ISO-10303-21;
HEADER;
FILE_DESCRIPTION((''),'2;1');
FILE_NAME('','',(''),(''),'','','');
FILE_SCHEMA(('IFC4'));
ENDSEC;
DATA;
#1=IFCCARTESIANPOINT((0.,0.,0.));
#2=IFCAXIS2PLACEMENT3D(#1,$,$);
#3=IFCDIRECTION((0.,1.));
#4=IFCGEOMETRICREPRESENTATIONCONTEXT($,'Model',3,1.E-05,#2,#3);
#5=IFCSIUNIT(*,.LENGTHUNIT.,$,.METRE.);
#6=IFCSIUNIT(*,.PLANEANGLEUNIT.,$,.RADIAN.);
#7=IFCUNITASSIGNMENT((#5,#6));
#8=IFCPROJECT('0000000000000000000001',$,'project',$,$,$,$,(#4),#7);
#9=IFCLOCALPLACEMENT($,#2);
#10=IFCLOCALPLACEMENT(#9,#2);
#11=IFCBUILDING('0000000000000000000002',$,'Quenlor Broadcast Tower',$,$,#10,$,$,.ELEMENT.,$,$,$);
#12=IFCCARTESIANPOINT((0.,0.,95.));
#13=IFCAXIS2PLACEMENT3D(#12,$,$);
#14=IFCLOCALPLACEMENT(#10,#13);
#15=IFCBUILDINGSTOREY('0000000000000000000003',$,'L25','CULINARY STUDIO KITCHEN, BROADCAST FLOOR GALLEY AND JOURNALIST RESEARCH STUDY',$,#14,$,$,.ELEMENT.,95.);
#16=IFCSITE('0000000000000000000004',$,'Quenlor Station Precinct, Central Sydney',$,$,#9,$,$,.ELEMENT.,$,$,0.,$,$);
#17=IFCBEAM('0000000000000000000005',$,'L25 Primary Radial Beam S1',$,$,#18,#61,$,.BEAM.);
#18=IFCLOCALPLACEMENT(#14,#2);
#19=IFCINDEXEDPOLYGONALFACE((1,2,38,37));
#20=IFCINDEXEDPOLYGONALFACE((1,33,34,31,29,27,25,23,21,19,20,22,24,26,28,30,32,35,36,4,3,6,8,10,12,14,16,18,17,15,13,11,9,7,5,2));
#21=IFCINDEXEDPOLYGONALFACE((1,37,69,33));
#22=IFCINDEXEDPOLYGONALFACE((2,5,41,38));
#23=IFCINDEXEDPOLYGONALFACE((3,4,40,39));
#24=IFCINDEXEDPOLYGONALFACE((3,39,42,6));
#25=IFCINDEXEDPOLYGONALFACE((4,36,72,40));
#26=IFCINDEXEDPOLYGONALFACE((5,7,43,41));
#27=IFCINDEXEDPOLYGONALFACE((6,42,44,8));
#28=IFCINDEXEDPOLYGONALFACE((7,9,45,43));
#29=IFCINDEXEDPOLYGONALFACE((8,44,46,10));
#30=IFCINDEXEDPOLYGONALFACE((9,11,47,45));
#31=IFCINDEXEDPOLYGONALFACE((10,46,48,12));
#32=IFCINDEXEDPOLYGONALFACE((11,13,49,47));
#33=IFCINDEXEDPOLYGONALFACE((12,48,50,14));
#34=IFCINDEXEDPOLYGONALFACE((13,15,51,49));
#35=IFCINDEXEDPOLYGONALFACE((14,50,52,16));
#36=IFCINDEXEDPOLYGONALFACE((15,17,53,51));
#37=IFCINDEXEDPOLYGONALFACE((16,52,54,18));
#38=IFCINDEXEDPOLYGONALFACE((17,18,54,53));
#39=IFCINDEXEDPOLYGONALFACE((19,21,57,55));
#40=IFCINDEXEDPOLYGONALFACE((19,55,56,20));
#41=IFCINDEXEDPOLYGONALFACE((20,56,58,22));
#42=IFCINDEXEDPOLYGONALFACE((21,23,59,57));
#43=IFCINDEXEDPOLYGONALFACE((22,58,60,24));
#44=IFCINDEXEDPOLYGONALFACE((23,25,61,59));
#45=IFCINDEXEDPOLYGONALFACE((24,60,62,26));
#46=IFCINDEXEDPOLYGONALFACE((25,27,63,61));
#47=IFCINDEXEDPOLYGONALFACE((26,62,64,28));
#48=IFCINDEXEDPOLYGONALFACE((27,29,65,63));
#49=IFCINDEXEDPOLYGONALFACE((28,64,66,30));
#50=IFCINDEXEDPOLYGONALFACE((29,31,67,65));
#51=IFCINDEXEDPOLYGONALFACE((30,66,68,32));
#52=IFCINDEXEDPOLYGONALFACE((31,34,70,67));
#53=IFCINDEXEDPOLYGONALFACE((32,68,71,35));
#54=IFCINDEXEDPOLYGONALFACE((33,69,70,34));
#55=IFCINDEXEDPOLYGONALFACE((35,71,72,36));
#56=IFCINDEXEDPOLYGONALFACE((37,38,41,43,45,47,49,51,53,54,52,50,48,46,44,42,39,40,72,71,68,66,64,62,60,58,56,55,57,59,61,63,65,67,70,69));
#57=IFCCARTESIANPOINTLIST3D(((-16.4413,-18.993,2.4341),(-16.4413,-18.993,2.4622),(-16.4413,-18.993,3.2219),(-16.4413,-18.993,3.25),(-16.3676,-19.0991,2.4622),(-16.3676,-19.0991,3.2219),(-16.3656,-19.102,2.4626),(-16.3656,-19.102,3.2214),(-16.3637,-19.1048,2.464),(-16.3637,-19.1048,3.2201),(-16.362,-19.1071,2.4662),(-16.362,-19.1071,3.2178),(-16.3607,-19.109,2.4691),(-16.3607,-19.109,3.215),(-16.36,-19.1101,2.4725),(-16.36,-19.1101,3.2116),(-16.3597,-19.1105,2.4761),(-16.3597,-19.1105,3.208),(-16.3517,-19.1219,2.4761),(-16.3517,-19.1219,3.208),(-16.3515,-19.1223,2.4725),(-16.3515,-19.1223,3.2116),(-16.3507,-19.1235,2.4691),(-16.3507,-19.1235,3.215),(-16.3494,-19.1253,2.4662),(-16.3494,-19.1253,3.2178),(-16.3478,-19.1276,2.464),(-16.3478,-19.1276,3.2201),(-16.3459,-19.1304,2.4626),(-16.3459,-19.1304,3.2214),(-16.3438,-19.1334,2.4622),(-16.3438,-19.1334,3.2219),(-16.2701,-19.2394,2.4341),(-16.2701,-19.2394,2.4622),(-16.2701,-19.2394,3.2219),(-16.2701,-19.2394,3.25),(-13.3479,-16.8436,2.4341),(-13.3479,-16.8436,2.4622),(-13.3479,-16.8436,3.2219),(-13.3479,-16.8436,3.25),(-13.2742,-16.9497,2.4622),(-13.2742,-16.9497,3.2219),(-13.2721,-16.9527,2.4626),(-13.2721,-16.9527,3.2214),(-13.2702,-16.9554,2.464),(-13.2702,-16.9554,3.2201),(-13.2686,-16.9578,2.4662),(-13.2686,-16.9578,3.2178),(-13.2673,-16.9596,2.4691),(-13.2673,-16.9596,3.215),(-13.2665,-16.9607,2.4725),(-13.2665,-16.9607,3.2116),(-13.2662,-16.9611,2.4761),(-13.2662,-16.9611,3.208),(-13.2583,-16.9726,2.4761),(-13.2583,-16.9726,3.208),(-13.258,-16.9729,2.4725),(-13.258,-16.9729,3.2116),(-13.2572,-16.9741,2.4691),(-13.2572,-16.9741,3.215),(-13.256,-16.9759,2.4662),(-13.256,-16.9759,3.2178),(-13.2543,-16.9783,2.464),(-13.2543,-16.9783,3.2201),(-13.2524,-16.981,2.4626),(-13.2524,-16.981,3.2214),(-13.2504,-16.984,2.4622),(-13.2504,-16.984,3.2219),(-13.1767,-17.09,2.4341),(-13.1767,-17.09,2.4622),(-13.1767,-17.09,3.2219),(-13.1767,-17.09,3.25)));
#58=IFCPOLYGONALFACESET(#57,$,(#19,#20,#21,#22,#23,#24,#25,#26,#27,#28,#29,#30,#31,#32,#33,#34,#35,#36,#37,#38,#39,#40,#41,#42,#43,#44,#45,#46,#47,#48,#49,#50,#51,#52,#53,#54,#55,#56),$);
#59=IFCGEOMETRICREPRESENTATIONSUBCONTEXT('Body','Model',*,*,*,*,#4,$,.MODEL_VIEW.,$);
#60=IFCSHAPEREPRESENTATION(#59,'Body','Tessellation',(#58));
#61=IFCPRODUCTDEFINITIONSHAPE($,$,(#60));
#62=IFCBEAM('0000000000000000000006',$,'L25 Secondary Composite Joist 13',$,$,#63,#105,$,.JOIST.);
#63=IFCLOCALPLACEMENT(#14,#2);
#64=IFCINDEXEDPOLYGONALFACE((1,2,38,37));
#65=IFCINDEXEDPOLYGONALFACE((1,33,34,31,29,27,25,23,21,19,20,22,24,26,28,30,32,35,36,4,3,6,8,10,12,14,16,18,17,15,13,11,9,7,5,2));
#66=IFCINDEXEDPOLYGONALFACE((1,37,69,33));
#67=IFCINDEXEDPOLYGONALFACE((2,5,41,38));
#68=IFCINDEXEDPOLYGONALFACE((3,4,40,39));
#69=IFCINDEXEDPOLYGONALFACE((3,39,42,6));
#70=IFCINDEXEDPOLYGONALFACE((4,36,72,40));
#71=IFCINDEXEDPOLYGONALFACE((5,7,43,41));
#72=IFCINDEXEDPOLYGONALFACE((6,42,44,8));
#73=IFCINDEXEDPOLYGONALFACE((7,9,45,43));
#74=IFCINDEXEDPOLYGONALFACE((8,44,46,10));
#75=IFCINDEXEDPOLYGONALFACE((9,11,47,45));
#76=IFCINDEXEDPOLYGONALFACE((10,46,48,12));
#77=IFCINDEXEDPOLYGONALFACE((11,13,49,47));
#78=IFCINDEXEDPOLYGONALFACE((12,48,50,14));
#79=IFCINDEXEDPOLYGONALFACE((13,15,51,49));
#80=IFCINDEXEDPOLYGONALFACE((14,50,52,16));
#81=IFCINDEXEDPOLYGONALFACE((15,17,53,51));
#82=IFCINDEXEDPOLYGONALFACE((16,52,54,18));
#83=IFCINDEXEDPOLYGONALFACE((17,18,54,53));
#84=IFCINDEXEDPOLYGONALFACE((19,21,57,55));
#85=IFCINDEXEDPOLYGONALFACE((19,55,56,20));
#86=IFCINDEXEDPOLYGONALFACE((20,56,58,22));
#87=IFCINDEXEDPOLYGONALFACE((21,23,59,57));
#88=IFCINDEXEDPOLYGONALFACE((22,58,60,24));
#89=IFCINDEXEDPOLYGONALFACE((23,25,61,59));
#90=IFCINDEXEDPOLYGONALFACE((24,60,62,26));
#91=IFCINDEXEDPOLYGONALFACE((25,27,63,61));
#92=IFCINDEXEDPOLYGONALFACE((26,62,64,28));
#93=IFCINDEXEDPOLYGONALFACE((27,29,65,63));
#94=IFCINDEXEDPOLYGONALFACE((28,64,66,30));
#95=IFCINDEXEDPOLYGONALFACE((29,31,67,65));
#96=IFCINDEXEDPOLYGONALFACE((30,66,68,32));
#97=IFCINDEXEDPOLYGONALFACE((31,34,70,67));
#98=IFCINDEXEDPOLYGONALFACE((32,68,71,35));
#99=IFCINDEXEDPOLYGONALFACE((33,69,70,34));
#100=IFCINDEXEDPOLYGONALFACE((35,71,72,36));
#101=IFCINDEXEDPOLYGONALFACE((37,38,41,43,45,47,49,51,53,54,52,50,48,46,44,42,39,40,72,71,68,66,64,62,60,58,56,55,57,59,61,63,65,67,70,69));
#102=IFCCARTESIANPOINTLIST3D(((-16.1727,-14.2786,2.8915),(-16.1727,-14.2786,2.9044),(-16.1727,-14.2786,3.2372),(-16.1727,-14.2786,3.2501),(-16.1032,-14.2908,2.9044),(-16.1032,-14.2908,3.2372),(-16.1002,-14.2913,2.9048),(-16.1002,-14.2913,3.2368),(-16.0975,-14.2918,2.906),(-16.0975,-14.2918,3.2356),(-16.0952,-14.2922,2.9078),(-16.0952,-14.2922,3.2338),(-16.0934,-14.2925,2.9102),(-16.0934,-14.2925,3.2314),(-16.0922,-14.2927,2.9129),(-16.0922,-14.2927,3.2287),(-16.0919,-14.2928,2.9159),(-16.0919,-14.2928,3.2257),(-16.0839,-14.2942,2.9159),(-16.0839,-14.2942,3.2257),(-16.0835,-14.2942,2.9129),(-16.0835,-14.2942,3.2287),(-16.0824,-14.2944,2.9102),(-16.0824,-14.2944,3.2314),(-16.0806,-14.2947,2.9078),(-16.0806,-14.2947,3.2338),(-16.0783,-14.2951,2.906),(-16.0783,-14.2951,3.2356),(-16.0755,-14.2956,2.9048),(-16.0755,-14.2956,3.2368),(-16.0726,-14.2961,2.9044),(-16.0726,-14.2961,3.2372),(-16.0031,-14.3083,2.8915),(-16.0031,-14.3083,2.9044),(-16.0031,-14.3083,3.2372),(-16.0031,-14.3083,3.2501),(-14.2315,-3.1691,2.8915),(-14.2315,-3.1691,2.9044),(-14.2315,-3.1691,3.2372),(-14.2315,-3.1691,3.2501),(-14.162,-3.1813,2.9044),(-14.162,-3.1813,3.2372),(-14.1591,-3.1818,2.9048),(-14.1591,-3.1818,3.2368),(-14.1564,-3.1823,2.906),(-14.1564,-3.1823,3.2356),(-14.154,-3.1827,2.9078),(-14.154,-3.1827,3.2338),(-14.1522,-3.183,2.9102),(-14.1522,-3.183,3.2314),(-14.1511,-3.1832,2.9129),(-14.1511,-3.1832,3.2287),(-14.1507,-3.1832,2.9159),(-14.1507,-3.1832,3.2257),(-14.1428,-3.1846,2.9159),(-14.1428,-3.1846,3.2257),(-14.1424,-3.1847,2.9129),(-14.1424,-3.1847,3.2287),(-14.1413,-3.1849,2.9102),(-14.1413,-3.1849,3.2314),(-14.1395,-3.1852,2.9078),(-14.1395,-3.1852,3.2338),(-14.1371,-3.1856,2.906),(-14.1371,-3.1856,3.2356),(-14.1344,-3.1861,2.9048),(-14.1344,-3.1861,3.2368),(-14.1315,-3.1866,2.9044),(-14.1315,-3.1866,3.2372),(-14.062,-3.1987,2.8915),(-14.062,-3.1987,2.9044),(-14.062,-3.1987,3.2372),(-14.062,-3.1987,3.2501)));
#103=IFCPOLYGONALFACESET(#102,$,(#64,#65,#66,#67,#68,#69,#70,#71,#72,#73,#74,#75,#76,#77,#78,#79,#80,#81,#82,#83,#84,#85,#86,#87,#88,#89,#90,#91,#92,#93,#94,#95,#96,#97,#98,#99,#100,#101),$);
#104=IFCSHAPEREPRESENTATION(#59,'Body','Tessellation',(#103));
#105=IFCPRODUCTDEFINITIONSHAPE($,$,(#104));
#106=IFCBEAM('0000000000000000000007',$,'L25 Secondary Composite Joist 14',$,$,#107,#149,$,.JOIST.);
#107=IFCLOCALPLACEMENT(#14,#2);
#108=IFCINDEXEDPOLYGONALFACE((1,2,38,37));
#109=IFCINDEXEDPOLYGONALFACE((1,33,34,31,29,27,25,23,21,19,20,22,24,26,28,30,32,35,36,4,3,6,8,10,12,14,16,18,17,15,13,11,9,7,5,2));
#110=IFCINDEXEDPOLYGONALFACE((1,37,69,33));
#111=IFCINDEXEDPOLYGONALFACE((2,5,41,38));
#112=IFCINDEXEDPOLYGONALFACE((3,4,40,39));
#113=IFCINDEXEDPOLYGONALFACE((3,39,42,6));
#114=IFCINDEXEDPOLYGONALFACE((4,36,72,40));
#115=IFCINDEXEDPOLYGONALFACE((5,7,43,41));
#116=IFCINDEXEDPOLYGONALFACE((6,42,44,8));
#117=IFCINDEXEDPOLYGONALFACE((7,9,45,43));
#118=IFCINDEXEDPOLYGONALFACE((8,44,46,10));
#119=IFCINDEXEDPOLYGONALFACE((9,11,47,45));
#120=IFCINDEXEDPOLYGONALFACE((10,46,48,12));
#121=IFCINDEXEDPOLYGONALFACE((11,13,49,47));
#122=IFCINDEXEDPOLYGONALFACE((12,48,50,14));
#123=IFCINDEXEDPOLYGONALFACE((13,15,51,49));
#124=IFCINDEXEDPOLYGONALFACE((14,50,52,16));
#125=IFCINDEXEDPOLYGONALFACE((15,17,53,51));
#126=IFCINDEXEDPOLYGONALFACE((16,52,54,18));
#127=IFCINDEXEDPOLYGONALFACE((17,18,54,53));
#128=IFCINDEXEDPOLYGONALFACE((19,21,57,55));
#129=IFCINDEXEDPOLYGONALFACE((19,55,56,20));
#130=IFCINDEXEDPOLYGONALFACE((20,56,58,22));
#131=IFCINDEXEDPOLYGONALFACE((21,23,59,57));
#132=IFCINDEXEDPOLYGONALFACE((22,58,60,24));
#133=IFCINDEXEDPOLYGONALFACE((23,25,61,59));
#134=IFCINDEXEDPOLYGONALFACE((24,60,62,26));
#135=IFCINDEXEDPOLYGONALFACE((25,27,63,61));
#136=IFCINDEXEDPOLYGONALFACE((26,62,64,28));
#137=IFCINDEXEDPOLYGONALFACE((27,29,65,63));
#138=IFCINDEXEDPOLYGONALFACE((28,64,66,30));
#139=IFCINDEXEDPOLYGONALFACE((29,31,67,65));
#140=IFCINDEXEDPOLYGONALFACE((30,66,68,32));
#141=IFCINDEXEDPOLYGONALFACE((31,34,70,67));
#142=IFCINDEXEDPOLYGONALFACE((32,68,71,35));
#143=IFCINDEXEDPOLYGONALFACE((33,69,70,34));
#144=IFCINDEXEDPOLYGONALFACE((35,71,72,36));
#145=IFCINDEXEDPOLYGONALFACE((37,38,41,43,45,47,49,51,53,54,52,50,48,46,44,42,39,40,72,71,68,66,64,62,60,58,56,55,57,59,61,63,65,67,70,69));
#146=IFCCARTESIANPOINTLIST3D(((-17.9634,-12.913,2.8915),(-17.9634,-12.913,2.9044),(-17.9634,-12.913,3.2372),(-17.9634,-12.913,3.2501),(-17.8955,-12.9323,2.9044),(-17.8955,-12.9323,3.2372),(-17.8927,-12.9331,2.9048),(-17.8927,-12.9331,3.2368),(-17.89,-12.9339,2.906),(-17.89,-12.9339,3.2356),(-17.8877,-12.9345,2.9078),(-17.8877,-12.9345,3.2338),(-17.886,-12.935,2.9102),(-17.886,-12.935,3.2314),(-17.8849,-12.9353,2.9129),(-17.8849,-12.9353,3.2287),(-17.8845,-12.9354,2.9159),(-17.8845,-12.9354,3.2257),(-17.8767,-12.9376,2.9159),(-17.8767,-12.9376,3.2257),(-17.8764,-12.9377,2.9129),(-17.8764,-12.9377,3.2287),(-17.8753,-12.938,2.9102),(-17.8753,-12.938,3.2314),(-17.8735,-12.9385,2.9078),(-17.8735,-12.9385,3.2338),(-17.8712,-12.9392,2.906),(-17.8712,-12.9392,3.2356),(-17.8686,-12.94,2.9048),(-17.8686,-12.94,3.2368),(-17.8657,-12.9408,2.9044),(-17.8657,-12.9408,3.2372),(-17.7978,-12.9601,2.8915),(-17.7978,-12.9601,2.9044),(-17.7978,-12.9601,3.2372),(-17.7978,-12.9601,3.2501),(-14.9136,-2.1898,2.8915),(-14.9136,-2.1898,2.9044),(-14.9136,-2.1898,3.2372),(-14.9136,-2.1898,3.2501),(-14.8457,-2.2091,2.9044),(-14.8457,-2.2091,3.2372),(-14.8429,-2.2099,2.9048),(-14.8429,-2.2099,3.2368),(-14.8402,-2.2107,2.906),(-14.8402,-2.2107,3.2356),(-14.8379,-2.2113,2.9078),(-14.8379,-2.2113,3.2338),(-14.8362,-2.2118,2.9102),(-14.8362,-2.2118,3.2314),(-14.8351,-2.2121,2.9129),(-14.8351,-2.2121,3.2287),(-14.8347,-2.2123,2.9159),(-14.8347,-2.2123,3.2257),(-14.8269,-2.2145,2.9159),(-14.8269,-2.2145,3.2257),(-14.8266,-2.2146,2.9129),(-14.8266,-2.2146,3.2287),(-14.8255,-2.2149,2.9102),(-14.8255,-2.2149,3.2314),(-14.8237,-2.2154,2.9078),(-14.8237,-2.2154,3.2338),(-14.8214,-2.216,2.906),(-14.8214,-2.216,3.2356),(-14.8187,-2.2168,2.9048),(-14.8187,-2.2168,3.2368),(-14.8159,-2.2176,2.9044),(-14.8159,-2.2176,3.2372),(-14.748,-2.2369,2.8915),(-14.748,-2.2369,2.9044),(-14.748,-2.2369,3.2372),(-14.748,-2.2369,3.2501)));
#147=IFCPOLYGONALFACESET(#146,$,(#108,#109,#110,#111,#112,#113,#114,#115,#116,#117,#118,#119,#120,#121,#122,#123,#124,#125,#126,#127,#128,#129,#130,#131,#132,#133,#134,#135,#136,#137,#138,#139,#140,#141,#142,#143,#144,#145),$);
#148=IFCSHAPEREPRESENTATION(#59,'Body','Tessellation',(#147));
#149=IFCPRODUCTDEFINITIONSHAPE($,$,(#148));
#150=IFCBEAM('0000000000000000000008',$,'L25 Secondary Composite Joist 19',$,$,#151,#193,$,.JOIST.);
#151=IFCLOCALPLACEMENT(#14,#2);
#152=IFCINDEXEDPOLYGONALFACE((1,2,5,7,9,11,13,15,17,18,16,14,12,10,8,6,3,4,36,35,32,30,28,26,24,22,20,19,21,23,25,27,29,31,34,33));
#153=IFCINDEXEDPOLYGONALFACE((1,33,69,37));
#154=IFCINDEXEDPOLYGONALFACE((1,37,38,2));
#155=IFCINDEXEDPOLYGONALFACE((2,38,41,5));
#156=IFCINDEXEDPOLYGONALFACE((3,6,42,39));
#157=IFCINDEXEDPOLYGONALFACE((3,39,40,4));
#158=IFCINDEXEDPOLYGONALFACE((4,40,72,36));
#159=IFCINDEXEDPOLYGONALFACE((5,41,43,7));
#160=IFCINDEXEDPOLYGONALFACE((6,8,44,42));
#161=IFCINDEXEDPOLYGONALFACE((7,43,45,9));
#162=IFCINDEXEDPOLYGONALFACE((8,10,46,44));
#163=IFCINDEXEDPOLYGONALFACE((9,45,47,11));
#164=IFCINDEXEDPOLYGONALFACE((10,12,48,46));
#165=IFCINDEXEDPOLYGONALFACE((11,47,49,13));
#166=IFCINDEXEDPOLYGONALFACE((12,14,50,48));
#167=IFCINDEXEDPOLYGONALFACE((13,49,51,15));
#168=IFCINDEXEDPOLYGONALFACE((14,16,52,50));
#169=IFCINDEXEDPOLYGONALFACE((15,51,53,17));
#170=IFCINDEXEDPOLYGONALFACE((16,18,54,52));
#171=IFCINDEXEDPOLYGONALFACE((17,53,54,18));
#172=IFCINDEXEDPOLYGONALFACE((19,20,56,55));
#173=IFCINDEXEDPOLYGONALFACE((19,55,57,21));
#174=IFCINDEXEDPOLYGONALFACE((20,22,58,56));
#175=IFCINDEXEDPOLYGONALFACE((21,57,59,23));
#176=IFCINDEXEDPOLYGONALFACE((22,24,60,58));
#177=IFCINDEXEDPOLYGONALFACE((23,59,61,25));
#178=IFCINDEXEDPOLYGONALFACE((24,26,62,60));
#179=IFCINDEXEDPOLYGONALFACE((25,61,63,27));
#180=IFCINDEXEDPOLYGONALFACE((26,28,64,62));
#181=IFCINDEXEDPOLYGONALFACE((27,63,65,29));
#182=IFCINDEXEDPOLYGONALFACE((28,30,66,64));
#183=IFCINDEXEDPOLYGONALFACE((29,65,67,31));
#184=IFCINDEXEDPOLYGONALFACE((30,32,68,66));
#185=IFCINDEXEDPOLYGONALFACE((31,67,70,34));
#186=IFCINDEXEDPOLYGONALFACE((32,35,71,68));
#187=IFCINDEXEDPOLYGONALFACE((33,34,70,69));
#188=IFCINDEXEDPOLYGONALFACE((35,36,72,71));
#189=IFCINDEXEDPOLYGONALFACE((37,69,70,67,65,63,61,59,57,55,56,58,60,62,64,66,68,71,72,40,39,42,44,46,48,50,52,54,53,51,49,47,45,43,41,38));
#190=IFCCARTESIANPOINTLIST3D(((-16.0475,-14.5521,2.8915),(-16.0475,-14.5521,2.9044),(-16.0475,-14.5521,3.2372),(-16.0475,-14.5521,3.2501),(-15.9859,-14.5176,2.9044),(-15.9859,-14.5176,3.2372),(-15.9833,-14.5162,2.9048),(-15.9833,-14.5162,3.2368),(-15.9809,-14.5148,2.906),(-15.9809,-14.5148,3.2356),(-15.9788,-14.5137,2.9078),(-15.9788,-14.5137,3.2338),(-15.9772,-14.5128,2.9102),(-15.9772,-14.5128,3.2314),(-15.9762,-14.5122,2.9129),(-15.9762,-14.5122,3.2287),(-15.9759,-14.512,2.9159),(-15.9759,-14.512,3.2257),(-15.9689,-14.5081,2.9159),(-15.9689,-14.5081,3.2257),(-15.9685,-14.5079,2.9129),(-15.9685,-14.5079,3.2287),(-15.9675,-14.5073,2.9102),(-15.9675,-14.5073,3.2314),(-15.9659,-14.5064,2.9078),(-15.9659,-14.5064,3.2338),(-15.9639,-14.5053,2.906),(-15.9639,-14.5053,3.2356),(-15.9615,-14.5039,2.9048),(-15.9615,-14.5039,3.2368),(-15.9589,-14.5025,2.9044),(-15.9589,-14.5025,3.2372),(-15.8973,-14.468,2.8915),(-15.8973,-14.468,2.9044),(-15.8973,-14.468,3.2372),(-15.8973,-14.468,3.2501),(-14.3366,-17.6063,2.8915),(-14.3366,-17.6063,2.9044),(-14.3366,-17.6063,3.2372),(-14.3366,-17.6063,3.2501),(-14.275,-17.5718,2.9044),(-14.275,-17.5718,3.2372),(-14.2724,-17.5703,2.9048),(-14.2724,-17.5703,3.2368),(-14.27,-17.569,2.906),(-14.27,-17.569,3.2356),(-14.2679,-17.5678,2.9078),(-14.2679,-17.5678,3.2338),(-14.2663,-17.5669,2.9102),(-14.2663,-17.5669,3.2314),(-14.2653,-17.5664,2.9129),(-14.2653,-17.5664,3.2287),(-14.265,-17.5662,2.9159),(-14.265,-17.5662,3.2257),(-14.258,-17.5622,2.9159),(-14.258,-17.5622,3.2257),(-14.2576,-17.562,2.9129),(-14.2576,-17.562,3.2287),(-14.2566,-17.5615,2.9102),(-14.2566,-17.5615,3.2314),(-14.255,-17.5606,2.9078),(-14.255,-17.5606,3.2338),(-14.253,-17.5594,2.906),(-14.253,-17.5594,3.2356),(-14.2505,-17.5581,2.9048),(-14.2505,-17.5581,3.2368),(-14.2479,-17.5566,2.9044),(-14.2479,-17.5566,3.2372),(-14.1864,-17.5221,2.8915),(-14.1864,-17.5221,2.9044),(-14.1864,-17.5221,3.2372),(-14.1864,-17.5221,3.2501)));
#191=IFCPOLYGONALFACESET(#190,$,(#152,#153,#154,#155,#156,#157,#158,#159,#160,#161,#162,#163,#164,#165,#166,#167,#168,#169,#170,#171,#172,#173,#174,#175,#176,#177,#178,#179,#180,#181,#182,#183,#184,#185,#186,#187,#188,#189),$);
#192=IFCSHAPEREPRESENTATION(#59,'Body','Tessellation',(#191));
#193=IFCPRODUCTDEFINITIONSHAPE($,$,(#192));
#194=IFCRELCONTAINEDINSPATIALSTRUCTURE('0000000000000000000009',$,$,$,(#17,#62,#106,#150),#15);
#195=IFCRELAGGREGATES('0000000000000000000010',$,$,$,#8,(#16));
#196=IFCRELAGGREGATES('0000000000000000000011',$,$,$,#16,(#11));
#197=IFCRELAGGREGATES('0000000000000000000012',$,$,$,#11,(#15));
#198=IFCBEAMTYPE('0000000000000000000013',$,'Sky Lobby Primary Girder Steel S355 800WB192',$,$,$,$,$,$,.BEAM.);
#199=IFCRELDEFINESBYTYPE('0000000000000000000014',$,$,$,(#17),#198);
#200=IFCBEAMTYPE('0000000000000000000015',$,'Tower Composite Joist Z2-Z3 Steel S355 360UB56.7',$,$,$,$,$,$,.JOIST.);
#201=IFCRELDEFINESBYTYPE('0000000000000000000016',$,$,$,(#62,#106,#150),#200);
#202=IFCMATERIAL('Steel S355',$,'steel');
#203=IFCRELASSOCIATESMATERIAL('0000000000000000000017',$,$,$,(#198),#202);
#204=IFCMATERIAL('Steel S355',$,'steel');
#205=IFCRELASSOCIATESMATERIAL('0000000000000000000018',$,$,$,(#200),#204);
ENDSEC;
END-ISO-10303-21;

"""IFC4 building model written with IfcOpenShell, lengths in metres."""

from ifc_helpers import new_model, si_unit, direction, frame, origin, origin_2d, place, context, subcontext, project, spatial, i_section, extrude, material, material_profile, profile_set, type_object, element, save


model = new_model("IFC4")

# Units and contexts
model_context = context("Model", 3, precision=1e-05, world=origin(), true_north=direction((0.0, 1.0)))
body_context = subcontext(model_context, "Body", "Model", "MODEL_VIEW")
ifc_project = project(units=[si_unit("LENGTHUNIT", "METRE"), si_unit("PLANEANGLEUNIT", "RADIAN")], contexts=[model_context])

# Site, building, storey
site_placement = place(None, origin())
site = spatial("IfcSite", under=ifc_project, at=site_placement, Name="Quenlor Station Precinct, Central Sydney", CompositionType="ELEMENT", RefElevation=0.0)
building_placement = place(site_placement, origin())
building = spatial("IfcBuilding", under=site, at=building_placement, Name="Quenlor Broadcast Tower", CompositionType="ELEMENT")
storey_placement = place(building_placement, frame((0.0, 0.0, 95.0)))
storey = spatial("IfcBuildingStorey", under=building, at=storey_placement, Name="L25", Description="CULINARY STUDIO KITCHEN, BROADCAST FLOOR GALLEY AND JOURNALIST RESEARCH STUDY", CompositionType="ELEMENT", Elevation=95.0)

# Beams
ifc_material_1 = material(Name="Steel S355", Category="steel")
ifc_material_profile_1 = material_profile(ifc_material_1, i_section(OverallWidth=0.3, OverallDepth=0.8159, WebThickness=0.0139, FlangeThickness=0.0281, FilletRadius=0.0139, at=origin_2d()))
ifc_profile_set_1 = profile_set([ifc_material_profile_1], Name="Steel S355 800WB192")
beam_type_1 = type_object("IfcBeamType", Name="Sky Lobby Primary Girder Steel S355 800WB192", PredefinedType="BEAM", material=ifc_profile_set_1)
beam_1_placement = place(storey_placement, frame((-16.3557, -19.1162, 2.842), z_axis=(0.821227, 0.570601, 0.0), x_axis=(-0.570601, 0.821227, 0.0)))
element("IfcBeam", 1, at=beam_1_placement, inside=storey, type_object=beam_type_1, Name="L25 Primary Radial Beam S1", PredefinedType="BEAM", context=body_context, shape_type="SweptSolid", body=[
    extrude(i_section(OverallWidth=0.3, OverallDepth=0.8159, WebThickness=0.0139, FlangeThickness=0.0281, FilletRadius=0.0139, at=origin_2d()), origin(), (0.0, 0.0, 1.0), 3.7668),
])
ifc_material_2 = material(Name="Steel S355", Category="steel")
ifc_material_profile_2 = material_profile(ifc_material_2, i_section(OverallWidth=0.1721, OverallDepth=0.3586, WebThickness=0.0081, FlangeThickness=0.0129, FilletRadius=0.0115, at=origin_2d()))
ifc_profile_set_2 = profile_set([ifc_material_profile_2], Name="Steel S355 360UB56.7")
beam_type_2 = type_object("IfcBeamType", Name="Tower Composite Joist Z2-Z3 Steel S355 360UB56.7", PredefinedType="JOIST", material=ifc_profile_set_2)
beam_2_placement = place(storey_placement, frame((-16.0879, -14.2935, 3.0708), z_axis=(0.17212, 0.985076, 0.0), x_axis=(-0.985076, 0.17212, 0.0)))
element("IfcBeam", 2, at=beam_2_placement, inside=storey, type_object=beam_type_2, Name="L25 Secondary Composite Joist 13", PredefinedType="JOIST", context=body_context, shape_type="SweptSolid", body=[
    extrude(i_section(OverallWidth=0.1721, OverallDepth=0.3586, WebThickness=0.0081, FlangeThickness=0.0129, FilletRadius=0.0115, at=origin_2d()), origin(), (0.0, 0.0, 1.0), 11.2778),
])
beam_3_placement = place(storey_placement, frame((-17.8806, -12.9365, 3.0708), z_axis=(0.273564, 0.961854, 0.0), x_axis=(-0.961854, 0.273564, 0.0)))
element("IfcBeam", 3, at=beam_3_placement, inside=storey, type_object=beam_type_2, Name="L25 Secondary Composite Joist 14", PredefinedType="JOIST", context=body_context, shape_type="SweptSolid", body=[
    extrude(i_section(OverallWidth=0.1721, OverallDepth=0.3586, WebThickness=0.0081, FlangeThickness=0.0129, FilletRadius=0.0115, at=origin_2d()), origin(), (0.0, 0.0, 1.0), 11.1484),
])
beam_4_placement = place(storey_placement, frame((-14.2615, -17.5642, 3.0708), z_axis=(-0.488731, 0.872435, 0.0), x_axis=(-0.872435, -0.488731, 0.0)))
element("IfcBeam", 4, at=beam_4_placement, inside=storey, type_object=beam_type_2, Name="L25 Secondary Composite Joist 19", PredefinedType="JOIST", context=body_context, shape_type="SweptSolid", body=[
    extrude(i_section(OverallWidth=0.1721, OverallDepth=0.3586, WebThickness=0.0081, FlangeThickness=0.0129, FilletRadius=0.0115, at=origin_2d()), origin(), (0.0, 0.0, 1.0), 3.5007),
])

save(model, "model.ifc")
